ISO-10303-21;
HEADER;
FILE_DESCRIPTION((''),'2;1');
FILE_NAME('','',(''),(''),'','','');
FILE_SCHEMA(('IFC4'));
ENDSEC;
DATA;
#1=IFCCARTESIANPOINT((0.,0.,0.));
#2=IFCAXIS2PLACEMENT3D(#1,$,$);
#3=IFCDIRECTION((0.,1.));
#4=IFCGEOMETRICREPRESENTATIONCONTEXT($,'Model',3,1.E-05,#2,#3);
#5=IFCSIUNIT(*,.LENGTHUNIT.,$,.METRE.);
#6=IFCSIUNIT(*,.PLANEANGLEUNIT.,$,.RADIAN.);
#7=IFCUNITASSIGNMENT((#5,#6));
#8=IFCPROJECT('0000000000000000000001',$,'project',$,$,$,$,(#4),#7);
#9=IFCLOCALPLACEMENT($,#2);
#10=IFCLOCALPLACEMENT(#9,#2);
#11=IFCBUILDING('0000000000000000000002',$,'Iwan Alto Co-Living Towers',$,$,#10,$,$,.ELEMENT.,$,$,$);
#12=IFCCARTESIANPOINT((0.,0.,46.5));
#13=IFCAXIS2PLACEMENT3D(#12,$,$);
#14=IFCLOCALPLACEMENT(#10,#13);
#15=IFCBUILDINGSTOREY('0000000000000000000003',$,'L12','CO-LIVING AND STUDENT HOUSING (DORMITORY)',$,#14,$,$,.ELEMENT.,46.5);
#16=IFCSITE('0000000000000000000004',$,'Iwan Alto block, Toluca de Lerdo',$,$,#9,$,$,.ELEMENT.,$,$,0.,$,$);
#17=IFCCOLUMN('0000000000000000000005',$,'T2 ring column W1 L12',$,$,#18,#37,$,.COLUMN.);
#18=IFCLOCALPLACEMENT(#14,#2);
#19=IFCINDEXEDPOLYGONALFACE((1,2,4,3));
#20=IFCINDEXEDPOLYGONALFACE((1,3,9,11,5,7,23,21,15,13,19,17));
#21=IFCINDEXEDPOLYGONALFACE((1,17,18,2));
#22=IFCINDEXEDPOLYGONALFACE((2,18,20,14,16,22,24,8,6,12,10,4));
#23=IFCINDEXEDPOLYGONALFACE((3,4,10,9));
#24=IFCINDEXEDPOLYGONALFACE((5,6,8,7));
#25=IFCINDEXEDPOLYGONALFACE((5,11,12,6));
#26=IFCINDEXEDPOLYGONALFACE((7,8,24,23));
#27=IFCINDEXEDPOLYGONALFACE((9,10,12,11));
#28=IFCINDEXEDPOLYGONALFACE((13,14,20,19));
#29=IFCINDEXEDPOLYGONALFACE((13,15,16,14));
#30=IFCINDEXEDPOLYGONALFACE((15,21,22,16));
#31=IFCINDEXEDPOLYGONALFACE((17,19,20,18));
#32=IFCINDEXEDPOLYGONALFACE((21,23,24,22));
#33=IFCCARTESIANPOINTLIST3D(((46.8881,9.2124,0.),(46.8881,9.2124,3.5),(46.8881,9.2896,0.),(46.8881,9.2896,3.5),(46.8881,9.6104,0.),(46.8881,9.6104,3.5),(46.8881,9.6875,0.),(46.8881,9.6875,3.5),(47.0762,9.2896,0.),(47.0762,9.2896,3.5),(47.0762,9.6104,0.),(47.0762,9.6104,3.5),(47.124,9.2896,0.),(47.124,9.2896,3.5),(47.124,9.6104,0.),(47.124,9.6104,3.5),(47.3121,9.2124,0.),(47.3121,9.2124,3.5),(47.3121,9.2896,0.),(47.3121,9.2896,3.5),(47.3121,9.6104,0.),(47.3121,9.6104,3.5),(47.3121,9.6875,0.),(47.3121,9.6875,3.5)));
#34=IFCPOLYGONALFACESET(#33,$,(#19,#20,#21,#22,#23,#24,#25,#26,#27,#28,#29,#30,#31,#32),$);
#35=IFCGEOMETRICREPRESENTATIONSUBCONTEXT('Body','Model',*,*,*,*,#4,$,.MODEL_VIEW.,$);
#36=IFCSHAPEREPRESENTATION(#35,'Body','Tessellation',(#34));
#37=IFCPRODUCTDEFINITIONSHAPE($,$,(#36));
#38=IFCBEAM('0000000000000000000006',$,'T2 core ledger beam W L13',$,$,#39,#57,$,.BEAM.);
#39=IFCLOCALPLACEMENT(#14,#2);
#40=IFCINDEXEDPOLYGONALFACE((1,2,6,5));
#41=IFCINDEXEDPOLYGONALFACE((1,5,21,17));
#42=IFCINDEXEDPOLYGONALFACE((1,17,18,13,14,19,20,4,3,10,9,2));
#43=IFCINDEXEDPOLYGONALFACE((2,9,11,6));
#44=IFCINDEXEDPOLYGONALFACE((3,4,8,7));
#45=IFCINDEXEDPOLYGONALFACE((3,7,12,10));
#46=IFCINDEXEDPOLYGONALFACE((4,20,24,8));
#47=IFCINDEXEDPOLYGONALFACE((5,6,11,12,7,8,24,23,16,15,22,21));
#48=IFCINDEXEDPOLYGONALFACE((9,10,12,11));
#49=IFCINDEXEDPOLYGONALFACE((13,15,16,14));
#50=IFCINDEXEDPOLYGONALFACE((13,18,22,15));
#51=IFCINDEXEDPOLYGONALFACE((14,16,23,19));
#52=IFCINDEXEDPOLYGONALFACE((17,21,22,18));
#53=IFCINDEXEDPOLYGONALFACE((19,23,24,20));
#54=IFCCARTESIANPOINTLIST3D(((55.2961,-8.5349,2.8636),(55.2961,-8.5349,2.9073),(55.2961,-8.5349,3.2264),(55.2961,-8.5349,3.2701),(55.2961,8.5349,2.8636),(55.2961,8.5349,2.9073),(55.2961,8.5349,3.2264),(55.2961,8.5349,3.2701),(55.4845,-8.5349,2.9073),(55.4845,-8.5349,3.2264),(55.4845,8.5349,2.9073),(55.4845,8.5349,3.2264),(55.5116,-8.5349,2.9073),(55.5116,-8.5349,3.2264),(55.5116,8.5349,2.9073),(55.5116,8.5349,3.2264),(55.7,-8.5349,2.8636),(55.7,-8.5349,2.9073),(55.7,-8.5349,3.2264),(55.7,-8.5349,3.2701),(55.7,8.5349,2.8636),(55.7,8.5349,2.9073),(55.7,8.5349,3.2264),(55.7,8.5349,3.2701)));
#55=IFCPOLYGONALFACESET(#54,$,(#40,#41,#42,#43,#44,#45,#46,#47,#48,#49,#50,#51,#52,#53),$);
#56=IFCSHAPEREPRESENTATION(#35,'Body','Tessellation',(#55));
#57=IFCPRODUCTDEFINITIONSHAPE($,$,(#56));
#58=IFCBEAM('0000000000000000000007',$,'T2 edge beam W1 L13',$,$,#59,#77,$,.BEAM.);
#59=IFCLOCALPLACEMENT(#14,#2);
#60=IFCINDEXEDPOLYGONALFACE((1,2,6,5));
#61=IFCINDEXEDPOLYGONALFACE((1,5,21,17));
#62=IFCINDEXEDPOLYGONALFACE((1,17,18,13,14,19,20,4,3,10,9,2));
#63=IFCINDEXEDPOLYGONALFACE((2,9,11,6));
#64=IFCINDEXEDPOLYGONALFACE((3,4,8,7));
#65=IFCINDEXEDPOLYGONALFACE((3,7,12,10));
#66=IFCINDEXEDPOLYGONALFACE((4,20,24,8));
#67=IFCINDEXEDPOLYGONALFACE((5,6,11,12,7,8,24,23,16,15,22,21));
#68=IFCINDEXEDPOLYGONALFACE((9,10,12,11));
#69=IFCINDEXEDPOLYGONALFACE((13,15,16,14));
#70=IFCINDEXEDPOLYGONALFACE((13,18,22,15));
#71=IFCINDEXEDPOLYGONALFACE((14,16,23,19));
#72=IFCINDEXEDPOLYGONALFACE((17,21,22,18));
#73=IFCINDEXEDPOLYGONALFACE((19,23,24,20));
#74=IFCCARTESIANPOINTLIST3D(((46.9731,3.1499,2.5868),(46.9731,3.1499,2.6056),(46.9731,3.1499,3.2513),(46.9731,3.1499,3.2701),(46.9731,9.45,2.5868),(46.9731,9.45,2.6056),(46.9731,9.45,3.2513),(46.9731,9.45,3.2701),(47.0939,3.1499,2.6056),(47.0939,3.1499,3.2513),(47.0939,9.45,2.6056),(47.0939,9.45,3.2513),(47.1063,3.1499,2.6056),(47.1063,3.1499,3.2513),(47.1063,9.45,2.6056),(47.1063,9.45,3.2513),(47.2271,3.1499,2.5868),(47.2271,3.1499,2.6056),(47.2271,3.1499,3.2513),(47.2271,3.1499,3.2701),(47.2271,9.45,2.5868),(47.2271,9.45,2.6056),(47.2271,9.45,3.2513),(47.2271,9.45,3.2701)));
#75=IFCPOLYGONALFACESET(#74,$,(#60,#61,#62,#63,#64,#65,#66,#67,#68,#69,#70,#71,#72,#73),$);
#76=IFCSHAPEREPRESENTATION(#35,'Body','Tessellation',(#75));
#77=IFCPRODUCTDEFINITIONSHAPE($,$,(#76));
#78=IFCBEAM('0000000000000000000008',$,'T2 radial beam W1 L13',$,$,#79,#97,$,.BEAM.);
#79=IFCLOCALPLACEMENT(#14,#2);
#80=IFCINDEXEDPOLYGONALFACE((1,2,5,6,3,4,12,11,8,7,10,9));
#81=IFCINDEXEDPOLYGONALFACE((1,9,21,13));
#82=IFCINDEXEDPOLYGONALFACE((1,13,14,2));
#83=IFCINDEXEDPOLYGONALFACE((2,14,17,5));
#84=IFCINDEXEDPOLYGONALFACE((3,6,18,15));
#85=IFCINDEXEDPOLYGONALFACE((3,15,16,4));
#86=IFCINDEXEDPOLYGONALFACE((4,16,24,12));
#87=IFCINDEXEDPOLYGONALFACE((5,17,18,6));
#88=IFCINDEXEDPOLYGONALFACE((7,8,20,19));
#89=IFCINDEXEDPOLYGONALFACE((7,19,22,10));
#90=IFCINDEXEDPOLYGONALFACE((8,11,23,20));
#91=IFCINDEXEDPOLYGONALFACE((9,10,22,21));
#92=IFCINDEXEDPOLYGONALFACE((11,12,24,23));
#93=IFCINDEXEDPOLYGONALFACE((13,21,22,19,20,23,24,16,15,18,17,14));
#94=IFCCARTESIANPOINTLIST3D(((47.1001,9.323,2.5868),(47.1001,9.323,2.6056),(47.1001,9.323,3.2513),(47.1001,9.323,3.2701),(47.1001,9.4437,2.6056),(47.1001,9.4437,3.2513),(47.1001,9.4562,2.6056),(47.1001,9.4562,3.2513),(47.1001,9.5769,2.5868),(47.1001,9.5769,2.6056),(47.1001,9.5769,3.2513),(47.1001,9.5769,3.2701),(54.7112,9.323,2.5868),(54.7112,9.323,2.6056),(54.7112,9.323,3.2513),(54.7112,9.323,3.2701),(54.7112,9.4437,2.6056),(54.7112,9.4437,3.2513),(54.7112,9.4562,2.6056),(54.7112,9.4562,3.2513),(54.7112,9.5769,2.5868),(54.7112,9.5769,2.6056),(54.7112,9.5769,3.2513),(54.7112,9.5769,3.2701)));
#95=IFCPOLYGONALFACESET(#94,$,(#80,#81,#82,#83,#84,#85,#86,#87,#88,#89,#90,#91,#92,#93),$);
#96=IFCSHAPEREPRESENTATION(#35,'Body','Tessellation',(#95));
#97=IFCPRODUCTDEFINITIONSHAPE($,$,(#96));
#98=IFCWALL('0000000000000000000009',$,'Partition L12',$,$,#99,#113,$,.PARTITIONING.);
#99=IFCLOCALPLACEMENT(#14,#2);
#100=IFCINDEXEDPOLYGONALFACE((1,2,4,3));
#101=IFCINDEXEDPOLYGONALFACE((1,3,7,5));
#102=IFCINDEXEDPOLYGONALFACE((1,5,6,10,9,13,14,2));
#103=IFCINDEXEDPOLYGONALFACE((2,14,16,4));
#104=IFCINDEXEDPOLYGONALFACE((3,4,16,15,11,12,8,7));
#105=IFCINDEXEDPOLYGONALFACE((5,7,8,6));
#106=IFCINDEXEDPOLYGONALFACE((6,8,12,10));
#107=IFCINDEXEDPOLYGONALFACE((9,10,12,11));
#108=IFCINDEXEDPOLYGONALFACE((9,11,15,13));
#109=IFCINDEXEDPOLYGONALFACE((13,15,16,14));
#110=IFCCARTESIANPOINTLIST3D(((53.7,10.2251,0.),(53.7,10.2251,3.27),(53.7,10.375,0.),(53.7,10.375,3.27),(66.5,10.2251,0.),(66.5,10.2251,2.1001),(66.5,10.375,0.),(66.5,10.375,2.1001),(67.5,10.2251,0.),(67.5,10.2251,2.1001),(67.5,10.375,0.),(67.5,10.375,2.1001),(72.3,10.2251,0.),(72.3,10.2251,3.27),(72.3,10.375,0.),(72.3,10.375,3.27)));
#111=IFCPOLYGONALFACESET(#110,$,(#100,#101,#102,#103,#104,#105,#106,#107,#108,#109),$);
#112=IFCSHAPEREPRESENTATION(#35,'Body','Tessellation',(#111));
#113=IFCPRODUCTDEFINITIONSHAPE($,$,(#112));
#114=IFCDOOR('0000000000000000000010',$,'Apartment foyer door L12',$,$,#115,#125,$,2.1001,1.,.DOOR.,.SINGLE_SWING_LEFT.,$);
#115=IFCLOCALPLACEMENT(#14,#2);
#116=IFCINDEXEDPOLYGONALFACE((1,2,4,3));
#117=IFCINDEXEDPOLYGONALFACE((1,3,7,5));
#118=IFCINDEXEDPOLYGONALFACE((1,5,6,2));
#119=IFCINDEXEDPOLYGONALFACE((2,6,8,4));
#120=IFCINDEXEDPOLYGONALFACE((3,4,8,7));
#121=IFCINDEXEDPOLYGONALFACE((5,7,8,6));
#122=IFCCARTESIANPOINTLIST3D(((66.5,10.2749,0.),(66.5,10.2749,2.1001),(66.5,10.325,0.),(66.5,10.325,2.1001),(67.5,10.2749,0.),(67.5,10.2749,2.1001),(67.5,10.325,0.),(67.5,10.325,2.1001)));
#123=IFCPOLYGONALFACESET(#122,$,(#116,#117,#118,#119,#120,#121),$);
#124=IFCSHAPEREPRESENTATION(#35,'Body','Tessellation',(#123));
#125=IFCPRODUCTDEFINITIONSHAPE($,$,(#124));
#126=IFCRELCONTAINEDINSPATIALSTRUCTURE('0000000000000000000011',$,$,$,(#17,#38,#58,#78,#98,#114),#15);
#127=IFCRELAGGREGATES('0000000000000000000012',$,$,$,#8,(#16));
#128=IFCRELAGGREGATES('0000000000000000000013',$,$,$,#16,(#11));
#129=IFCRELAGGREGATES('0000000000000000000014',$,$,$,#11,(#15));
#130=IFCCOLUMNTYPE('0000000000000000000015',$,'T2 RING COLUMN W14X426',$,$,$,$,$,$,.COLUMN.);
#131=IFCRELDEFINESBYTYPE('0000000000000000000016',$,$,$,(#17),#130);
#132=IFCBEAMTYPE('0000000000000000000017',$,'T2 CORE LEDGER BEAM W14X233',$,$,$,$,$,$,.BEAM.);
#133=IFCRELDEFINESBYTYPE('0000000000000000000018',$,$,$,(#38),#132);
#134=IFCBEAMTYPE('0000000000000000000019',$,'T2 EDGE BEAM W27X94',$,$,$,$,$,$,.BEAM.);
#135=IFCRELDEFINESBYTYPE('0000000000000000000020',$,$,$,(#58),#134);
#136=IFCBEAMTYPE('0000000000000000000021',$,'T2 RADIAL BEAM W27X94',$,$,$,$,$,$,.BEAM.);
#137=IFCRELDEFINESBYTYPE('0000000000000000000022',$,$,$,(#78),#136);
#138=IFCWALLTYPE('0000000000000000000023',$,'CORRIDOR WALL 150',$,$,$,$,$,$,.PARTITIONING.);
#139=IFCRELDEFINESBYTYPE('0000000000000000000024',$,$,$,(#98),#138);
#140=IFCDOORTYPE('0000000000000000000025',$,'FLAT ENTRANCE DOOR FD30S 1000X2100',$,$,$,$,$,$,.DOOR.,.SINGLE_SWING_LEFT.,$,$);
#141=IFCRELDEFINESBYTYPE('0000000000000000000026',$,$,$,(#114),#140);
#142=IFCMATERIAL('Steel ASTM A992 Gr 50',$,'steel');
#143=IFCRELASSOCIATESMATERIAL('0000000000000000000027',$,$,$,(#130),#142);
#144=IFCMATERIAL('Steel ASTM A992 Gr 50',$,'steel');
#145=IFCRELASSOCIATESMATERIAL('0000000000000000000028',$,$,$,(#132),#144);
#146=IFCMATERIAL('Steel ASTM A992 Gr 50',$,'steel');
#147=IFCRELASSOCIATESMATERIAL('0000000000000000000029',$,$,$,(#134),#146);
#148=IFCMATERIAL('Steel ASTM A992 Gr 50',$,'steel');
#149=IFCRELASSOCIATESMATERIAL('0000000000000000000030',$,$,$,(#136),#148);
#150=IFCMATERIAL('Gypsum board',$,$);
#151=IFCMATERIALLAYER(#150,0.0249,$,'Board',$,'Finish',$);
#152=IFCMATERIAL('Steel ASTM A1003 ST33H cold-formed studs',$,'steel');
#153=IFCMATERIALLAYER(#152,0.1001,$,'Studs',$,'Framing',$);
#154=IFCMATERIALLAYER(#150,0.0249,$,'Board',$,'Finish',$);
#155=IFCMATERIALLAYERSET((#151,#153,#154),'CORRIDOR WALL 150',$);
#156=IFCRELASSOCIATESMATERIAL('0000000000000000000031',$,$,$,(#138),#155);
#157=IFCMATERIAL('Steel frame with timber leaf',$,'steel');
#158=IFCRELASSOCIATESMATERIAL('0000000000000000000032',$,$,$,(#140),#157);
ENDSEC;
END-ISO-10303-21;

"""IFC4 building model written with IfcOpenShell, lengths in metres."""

from ifc_helpers import new_model, si_unit, direction, frame, frame_2d, origin, origin_2d, place, context, subcontext, project, spatial, rectangle, i_section, extrude, material, layer, layer_set, material_profile, profile_set, type_object, element, fill, save


model = new_model("IFC4")

# Units and contexts
model_context = context("Model", 3, precision=1e-05, world=origin(), true_north=direction((0.0, 1.0)))
body_context = subcontext(model_context, "Body", "Model", "MODEL_VIEW")
ifc_project = project(units=[si_unit("LENGTHUNIT", "METRE"), si_unit("PLANEANGLEUNIT", "RADIAN")], contexts=[model_context])

# Site, building, storey
site_placement = place(None, origin())
site = spatial("IfcSite", under=ifc_project, at=site_placement, Name="Iwan Alto block, Toluca de Lerdo", CompositionType="ELEMENT", RefElevation=0.0)
building_placement = place(site_placement, origin())
building = spatial("IfcBuilding", under=site, at=building_placement, Name="Iwan Alto Co-Living Towers", CompositionType="ELEMENT")
storey_placement = place(building_placement, frame((0.0, 0.0, 46.5)))
storey = spatial("IfcBuildingStorey", under=building, at=storey_placement, Name="L12", Description="CO-LIVING AND STUDENT HOUSING (DORMITORY)", CompositionType="ELEMENT", Elevation=46.5)

# Column
ifc_material_1 = material(Name="Steel ASTM A992 Gr 50", Category="steel")
ifc_material_profile_1 = material_profile(ifc_material_1, i_section(OverallWidth=0.4241, OverallDepth=0.4751, WebThickness=0.0479, FlangeThickness=0.0771, at=origin_2d()), Name="W14X426")
ifc_profile_set_1 = profile_set([ifc_material_profile_1], Name="Steel ASTM A992 Gr 50")
column_type = type_object("IfcColumnType", Name="T2 RING COLUMN W14X426", PredefinedType="COLUMN", material=ifc_profile_set_1)
column_placement = place(storey_placement, frame((47.1001, 9.45, 0.0), z_axis=(0.0, 0.0, 1.0), x_axis=(1.0, 0.0, 0.0)))
element("IfcColumn", 1, at=column_placement, inside=storey, type_object=column_type, Name="T2 ring column W1 L12", PredefinedType="COLUMN", context=body_context, shape_type="SweptSolid", body=[
    extrude(i_section(OverallWidth=0.4241, OverallDepth=0.4751, WebThickness=0.0479, FlangeThickness=0.0771, at=origin_2d()), origin(), (0.0, 0.0, 1.0), 3.5),
])

# Beams
ifc_material_2 = material(Name="Steel ASTM A992 Gr 50", Category="steel")
ifc_material_profile_2 = material_profile(ifc_material_2, i_section(OverallWidth=0.4038, OverallDepth=0.4065, WebThickness=0.0271, FlangeThickness=0.0437, at=origin_2d()), Name="W14X233")
ifc_profile_set_2 = profile_set([ifc_material_profile_2], Name="Steel ASTM A992 Gr 50")
beam_type_1 = type_object("IfcBeamType", Name="T2 CORE LEDGER BEAM W14X233", PredefinedType="BEAM", material=ifc_profile_set_2)
beam_1_placement = place(storey_placement, frame((55.498, 8.5349, 3.0669), z_axis=(0.0, -1.0, 0.0), x_axis=(1.0, 0.0, 0.0)))
element("IfcBeam", 2, at=beam_1_placement, inside=storey, type_object=beam_type_1, Name="T2 core ledger beam W L13", PredefinedType="BEAM", context=body_context, shape_type="SweptSolid", body=[
    extrude(i_section(OverallWidth=0.4038, OverallDepth=0.4065, WebThickness=0.0271, FlangeThickness=0.0437, at=origin_2d()), origin(), (0.0, 0.0, 1.0), 17.0698),
])
ifc_material_3 = material(Name="Steel ASTM A992 Gr 50", Category="steel")
ifc_material_profile_3 = material_profile(ifc_material_3, i_section(OverallWidth=0.2539, OverallDepth=0.6833, WebThickness=0.0125, FlangeThickness=0.0188, at=origin_2d()), Name="W27X94")
ifc_profile_set_3 = profile_set([ifc_material_profile_3], Name="Steel ASTM A992 Gr 50")
beam_type_2 = type_object("IfcBeamType", Name="T2 EDGE BEAM W27X94", PredefinedType="BEAM", material=ifc_profile_set_3)
beam_2_placement = place(storey_placement, frame((47.1001, 9.45, 2.9285), z_axis=(0.0, -1.0, 0.0), x_axis=(1.0, 0.0, 0.0)))
element("IfcBeam", 3, at=beam_2_placement, inside=storey, type_object=beam_type_2, Name="T2 edge beam W1 L13", PredefinedType="BEAM", context=body_context, shape_type="SweptSolid", body=[
    extrude(i_section(OverallWidth=0.2539, OverallDepth=0.6833, WebThickness=0.0125, FlangeThickness=0.0188, at=origin_2d()), origin(), (0.0, 0.0, 1.0), 6.3),
])
ifc_material_4 = material(Name="Steel ASTM A992 Gr 50", Category="steel")
ifc_material_profile_4 = material_profile(ifc_material_4, i_section(OverallWidth=0.2539, OverallDepth=0.6833, WebThickness=0.0125, FlangeThickness=0.0188, at=origin_2d()), Name="W27X94")
ifc_profile_set_4 = profile_set([ifc_material_profile_4], Name="Steel ASTM A992 Gr 50")
beam_type_3 = type_object("IfcBeamType", Name="T2 RADIAL BEAM W27X94", PredefinedType="BEAM", material=ifc_profile_set_4)
beam_3_placement = place(storey_placement, frame((47.1001, 9.45, 2.9285), z_axis=(1.0, 0.0, 0.0), x_axis=(0.0, 1.0, 0.0)))
element("IfcBeam", 4, at=beam_3_placement, inside=storey, type_object=beam_type_3, Name="T2 radial beam W1 L13", PredefinedType="BEAM", context=body_context, shape_type="SweptSolid", body=[
    extrude(i_section(OverallWidth=0.2539, OverallDepth=0.6833, WebThickness=0.0125, FlangeThickness=0.0188, at=origin_2d()), origin(), (0.0, 0.0, 1.0), 7.6111),
])

# Wall, opening, door
ifc_material_5 = material(Name="Gypsum board")
ifc_layer_1 = layer(ifc_material_5, 0.0249, Name="Board", Category="Finish")
ifc_material_6 = material(Name="Steel ASTM A1003 ST33H cold-formed studs", Category="steel")
ifc_layer_2 = layer(ifc_material_6, 0.1001, Name="Studs", Category="Framing")
ifc_layer_3 = layer(ifc_material_5, 0.0249, Name="Board", Category="Finish")
ifc_layer_set_1 = layer_set([ifc_layer_1, ifc_layer_2, ifc_layer_3], Name="CORRIDOR WALL 150")
wall_type_1 = type_object("IfcWallType", Name="CORRIDOR WALL 150", PredefinedType="PARTITIONING", material=ifc_layer_set_1)
wall_1_placement = place(storey_placement, frame((53.7, 10.3, 0.0), z_axis=(0.0, 0.0, 1.0), x_axis=(1.0, 0.0, 0.0)))
wall_1 = element("IfcWall", 5, at=wall_1_placement, inside=storey, type_object=wall_type_1, Name="Partition L12", PredefinedType="PARTITIONING", context=body_context, shape_type="SweptSolid", body=[
    extrude(rectangle(XDim=18.6001, YDim=0.1499, at=frame_2d((9.3, 0.0))), origin(), (0.0, 0.0, 1.0), 3.27),
])
opening_1_placement = place(wall_1_placement, frame((12.8, 0.0, 0.0)))
opening_1 = element("IfcOpeningElement", 6, at=opening_1_placement, cuts=wall_1, PredefinedType="OPENING", context=body_context, shape_type="SweptSolid", body=[
    extrude(rectangle(XDim=1.0, YDim=2.1001, at=frame_2d((0.5, 1.05))), frame((0.0, 0.085, 0.0), z_axis=(0.0, -1.0, 0.0), x_axis=(1.0, 0.0, 0.0)), (0.0, 0.0, 1.0), 0.1699),
])
ifc_material_7 = material(Name="Steel frame with timber leaf", Category="steel")
door_type_1 = type_object("IfcDoorType", Name="FLAT ENTRANCE DOOR FD30S 1000X2100", OperationType="SINGLE_SWING_LEFT", PredefinedType="DOOR", material=ifc_material_7)
door_1_placement = place(opening_1_placement, origin())
door_1 = element("IfcDoor", 7, at=door_1_placement, inside=storey, type_object=door_type_1, Name="Apartment foyer door L12", OperationType="SINGLE_SWING_LEFT", OverallHeight=2.1001, OverallWidth=1.0, PredefinedType="DOOR", context=body_context, shape_type="SweptSolid", body=[
    extrude(rectangle(XDim=1.0, YDim=2.1001, at=frame_2d((0.5, 1.05))), frame((0.0, 0.0249, 0.0), z_axis=(0.0, -1.0, 0.0), x_axis=(1.0, 0.0, 0.0)), (0.0, 0.0, 1.0), 0.05),
])
fill(opening_1, door_1)

save(model, "model.ifc")
